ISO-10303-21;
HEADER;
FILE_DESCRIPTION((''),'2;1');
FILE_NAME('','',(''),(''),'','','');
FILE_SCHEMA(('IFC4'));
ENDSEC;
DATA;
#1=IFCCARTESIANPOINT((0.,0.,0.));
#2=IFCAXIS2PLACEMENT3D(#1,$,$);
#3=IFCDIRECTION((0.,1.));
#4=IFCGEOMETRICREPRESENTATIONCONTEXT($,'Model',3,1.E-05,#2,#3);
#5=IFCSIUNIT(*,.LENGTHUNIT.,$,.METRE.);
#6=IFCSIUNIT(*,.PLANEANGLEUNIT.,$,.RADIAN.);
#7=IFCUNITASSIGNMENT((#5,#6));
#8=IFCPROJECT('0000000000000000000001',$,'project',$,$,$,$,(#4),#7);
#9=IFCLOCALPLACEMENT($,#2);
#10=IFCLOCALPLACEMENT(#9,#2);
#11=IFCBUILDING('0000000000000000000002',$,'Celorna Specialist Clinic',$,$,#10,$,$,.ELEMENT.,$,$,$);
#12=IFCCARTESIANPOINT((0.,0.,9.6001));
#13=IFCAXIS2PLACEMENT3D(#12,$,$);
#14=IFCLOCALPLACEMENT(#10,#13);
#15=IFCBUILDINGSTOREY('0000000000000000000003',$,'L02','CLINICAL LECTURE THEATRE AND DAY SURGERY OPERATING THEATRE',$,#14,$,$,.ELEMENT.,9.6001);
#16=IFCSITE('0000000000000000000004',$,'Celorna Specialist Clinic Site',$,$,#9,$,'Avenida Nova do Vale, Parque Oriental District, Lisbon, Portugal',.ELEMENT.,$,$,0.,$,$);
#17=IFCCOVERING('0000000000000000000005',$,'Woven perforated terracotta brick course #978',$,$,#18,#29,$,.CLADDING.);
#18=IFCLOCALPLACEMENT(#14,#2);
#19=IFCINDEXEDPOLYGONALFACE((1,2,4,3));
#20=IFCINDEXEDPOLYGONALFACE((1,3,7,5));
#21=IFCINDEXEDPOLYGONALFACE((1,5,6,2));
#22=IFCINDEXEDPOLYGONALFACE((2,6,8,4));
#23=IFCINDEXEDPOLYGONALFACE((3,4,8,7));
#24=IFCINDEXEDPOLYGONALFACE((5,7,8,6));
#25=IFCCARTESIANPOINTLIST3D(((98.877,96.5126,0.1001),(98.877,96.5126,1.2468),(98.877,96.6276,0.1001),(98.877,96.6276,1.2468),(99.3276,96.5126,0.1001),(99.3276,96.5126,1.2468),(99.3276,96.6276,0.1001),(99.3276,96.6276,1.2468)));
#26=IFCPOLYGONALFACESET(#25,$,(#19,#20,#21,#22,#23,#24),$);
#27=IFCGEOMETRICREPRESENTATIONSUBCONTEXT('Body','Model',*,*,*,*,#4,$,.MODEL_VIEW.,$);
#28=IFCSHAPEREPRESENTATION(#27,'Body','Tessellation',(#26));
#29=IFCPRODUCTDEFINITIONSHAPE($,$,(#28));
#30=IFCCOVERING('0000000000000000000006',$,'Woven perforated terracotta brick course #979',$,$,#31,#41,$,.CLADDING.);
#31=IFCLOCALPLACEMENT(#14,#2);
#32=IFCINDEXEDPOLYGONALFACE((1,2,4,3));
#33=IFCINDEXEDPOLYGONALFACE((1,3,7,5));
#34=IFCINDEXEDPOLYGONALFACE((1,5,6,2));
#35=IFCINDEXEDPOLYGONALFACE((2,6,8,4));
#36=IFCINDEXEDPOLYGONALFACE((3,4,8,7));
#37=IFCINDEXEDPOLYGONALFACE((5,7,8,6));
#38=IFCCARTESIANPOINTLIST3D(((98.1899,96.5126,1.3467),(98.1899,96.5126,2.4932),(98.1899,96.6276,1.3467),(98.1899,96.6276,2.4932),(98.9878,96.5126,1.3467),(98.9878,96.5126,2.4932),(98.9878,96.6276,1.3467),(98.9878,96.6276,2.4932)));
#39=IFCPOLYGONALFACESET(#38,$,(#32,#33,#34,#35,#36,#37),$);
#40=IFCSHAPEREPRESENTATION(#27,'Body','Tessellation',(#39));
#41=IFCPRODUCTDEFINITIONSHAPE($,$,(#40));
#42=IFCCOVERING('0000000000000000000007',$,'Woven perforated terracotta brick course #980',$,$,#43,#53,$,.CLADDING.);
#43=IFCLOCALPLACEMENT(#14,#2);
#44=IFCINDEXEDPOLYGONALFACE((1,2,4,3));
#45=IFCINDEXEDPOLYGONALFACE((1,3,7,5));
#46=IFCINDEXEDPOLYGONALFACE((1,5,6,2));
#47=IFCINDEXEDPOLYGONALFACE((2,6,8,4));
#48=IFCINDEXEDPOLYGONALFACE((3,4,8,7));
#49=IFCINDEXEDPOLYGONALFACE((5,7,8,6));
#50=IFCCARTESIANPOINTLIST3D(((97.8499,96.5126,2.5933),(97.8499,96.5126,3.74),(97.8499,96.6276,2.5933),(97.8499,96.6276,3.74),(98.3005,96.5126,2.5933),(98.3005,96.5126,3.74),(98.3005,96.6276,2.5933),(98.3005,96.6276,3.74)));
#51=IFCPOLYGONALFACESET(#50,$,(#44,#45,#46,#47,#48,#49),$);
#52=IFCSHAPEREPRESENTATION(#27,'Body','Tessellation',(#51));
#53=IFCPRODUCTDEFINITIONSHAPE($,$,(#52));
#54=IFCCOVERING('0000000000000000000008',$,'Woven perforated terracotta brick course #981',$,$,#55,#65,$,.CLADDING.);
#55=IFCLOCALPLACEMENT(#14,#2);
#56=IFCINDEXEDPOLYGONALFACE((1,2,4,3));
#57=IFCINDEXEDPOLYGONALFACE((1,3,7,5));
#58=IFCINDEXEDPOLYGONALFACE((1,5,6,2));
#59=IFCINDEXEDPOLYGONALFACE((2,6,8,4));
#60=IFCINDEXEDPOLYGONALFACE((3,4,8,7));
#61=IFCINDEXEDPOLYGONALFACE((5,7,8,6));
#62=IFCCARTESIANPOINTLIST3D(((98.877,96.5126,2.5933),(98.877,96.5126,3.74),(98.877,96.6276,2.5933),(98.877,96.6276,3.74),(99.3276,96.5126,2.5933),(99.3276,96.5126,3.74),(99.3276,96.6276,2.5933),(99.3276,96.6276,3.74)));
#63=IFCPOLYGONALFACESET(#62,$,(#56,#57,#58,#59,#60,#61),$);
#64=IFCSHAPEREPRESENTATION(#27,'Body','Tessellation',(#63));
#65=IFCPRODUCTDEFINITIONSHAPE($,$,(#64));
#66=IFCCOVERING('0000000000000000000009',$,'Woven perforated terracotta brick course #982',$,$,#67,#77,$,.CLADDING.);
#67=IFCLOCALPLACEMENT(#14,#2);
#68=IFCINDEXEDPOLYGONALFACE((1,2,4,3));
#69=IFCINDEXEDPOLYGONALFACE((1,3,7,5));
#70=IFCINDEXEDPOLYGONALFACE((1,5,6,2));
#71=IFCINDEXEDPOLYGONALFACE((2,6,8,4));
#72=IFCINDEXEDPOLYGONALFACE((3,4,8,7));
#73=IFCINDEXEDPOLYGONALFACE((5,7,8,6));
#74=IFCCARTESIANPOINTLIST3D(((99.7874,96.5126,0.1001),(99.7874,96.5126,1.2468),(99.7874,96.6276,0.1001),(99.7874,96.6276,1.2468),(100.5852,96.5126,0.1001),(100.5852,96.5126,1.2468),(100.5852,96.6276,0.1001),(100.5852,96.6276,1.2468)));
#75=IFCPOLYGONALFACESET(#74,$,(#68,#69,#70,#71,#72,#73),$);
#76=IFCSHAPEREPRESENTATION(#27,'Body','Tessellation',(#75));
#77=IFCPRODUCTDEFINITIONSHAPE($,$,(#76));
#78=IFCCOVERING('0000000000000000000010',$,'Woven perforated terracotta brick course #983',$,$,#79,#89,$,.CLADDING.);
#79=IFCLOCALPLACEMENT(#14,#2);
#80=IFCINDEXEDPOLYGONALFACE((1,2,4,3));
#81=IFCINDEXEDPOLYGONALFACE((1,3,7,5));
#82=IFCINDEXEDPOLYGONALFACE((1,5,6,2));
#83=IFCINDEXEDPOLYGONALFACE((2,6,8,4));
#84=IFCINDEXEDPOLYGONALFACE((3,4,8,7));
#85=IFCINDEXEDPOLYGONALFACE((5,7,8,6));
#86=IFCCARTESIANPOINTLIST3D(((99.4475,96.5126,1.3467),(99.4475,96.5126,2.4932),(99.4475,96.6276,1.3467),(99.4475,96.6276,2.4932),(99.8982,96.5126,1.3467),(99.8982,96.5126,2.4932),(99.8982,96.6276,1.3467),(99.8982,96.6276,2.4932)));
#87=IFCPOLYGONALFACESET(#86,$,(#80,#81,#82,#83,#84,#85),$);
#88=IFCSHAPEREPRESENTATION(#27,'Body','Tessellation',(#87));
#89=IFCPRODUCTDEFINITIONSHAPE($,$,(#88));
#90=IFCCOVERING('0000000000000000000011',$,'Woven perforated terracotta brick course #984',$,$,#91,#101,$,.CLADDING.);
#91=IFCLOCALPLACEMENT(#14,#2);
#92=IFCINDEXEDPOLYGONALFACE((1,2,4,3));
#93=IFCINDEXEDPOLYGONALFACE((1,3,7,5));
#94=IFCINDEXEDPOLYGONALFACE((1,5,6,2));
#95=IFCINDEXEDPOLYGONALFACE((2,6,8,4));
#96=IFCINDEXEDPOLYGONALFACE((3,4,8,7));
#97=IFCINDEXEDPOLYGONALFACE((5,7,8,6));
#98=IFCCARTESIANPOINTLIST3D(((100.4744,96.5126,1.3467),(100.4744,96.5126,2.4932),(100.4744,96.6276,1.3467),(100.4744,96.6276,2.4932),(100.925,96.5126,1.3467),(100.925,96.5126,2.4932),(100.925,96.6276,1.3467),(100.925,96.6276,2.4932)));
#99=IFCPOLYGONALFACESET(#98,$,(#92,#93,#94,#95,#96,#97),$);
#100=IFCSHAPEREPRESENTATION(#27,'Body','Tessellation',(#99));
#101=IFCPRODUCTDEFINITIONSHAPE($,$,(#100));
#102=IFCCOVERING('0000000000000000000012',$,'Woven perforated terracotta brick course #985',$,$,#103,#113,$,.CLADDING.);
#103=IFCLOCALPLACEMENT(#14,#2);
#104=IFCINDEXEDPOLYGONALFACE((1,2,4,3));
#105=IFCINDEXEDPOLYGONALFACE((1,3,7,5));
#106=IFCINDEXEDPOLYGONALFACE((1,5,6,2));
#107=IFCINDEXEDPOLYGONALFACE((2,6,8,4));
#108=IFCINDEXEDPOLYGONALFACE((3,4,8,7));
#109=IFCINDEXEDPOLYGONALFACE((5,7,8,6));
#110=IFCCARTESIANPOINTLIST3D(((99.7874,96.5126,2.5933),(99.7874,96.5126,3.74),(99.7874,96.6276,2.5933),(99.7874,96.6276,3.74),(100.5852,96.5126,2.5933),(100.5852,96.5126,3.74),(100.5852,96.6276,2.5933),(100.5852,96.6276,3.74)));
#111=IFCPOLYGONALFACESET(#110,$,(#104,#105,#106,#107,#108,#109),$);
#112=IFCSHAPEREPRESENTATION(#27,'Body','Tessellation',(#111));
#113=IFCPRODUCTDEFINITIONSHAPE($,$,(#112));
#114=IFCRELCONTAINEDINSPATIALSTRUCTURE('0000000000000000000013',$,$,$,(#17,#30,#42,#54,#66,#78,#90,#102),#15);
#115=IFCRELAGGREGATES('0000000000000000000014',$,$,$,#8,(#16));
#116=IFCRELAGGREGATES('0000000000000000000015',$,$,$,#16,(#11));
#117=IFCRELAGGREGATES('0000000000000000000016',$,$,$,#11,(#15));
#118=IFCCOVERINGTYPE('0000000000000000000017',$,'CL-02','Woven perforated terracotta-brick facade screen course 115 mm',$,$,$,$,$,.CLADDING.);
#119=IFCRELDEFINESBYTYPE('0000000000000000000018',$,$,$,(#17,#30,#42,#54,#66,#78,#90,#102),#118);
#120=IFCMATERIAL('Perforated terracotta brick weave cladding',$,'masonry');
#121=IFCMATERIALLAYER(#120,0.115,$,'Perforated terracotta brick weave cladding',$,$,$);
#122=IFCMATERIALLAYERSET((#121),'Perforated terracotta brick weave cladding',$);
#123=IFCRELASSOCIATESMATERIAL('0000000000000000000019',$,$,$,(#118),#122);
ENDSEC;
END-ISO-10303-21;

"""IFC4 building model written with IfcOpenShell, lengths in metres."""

from ifc_helpers import new_model, si_unit, direction, frame, origin, origin_2d, place, context, subcontext, project, spatial, rectangle, extrude, material, layer, layer_set, type_object, element, save


model = new_model("IFC4")

# Units and contexts
model_context = context("Model", 3, precision=1e-05, world=origin(), true_north=direction((0.0, 1.0)))
body_context = subcontext(model_context, "Body", "Model", "MODEL_VIEW")
ifc_project = project(units=[si_unit("LENGTHUNIT", "METRE"), si_unit("PLANEANGLEUNIT", "RADIAN")], contexts=[model_context])

# Site, building, storey
site_placement = place(None, origin())
site = spatial("IfcSite", under=ifc_project, at=site_placement, Name="Celorna Specialist Clinic Site", LongName="Avenida Nova do Vale, Parque Oriental District, Lisbon, Portugal", CompositionType="ELEMENT", RefElevation=0.0)
building_placement = place(site_placement, origin())
building = spatial("IfcBuilding", under=site, at=building_placement, Name="Celorna Specialist Clinic", CompositionType="ELEMENT")
storey_placement = place(building_placement, frame((0.0, 0.0, 9.6001)))
storey = spatial("IfcBuildingStorey", under=building, at=storey_placement, Name="L02", Description="CLINICAL LECTURE THEATRE AND DAY SURGERY OPERATING THEATRE", CompositionType="ELEMENT", Elevation=9.6001)

# Coverings
ifc_material_1 = material(Name="Perforated terracotta brick weave cladding", Category="masonry")
ifc_layer_1 = layer(ifc_material_1, 0.115, Name="Perforated terracotta brick weave cladding")
ifc_layer_set_1 = layer_set([ifc_layer_1], Name="Perforated terracotta brick weave cladding")
covering_type = type_object("IfcCoveringType", Name="CL-02", Description="Woven perforated terracotta-brick facade screen course 115 mm", PredefinedType="CLADDING", material=ifc_layer_set_1)
for number, where, z_axis, x_axis, name in (
    (1, (99.1023, 96.5701, 0.1001), (0.0, 0.0, 1.0), (1.0, 0.0, 0.0), "Woven perforated terracotta brick course #978"),
):
    element("IfcCovering", number, at=place(storey_placement, frame(where, z_axis=z_axis, x_axis=x_axis)), inside=storey, type_object=covering_type, Name=name, PredefinedType="CLADDING", context=body_context, shape_type="SweptSolid", body=[
        extrude(rectangle(XDim=0.4507, YDim=0.115, at=origin_2d()), origin(), (0.0, 0.0, 1.0), 1.1467),
    ])
covering_1_placement = place(storey_placement, frame((98.5889, 96.5701, 1.3467), z_axis=(0.0, 0.0, 1.0), x_axis=(1.0, 0.0, 0.0)))
element("IfcCovering", 2, at=covering_1_placement, inside=storey, type_object=covering_type, Name="Woven perforated terracotta brick course #979", PredefinedType="CLADDING", context=body_context, shape_type="SweptSolid", body=[
    extrude(rectangle(XDim=0.7979, YDim=0.115, at=origin_2d()), origin(), (0.0, 0.0, 1.0), 1.1465),
])
for number, where, z_axis, x_axis, name in (
    (3, (98.0752, 96.5701, 2.5933), (0.0, 0.0, 1.0), (1.0, 0.0, 0.0), "Woven perforated terracotta brick course #980"),
    (4, (99.1023, 96.5701, 2.5933), (0.0, 0.0, 1.0), (1.0, 0.0, 0.0), "Woven perforated terracotta brick course #981"),
):
    element("IfcCovering", number, at=place(storey_placement, frame(where, z_axis=z_axis, x_axis=x_axis)), inside=storey, type_object=covering_type, Name=name, PredefinedType="CLADDING", context=body_context, shape_type="SweptSolid", body=[
        extrude(rectangle(XDim=0.4507, YDim=0.115, at=origin_2d()), origin(), (0.0, 0.0, 1.0), 1.1467),
    ])
covering_2_placement = place(storey_placement, frame((100.1863, 96.5701, 0.1001), z_axis=(0.0, 0.0, 1.0), x_axis=(1.0, 0.0, 0.0)))
element("IfcCovering", 5, at=covering_2_placement, inside=storey, type_object=covering_type, Name="Woven perforated terracotta brick course #982", PredefinedType="CLADDING", context=body_context, shape_type="SweptSolid", body=[
    extrude(rectangle(XDim=0.7979, YDim=0.115, at=origin_2d()), origin(), (0.0, 0.0, 1.0), 1.1467),
])
for number, where, z_axis, x_axis, name in (
    (6, (99.6729, 96.5701, 1.3467), (0.0, 0.0, 1.0), (1.0, 0.0, 0.0), "Woven perforated terracotta brick course #983"),
    (7, (100.6997, 96.5701, 1.3467), (0.0, 0.0, 1.0), (1.0, 0.0, 0.0), "Woven perforated terracotta brick course #984"),
):
    element("IfcCovering", number, at=place(storey_placement, frame(where, z_axis=z_axis, x_axis=x_axis)), inside=storey, type_object=covering_type, Name=name, PredefinedType="CLADDING", context=body_context, shape_type="SweptSolid", body=[
        extrude(rectangle(XDim=0.4507, YDim=0.115, at=origin_2d()), origin(), (0.0, 0.0, 1.0), 1.1465),
    ])
covering_3_placement = place(storey_placement, frame((100.1863, 96.5701, 2.5933), z_axis=(0.0, 0.0, 1.0), x_axis=(1.0, 0.0, 0.0)))
element("IfcCovering", 8, at=covering_3_placement, inside=storey, type_object=covering_type, Name="Woven perforated terracotta brick course #985", PredefinedType="CLADDING", context=body_context, shape_type="SweptSolid", body=[
    extrude(rectangle(XDim=0.7979, YDim=0.115, at=origin_2d()), origin(), (0.0, 0.0, 1.0), 1.1467),
])

save(model, "model.ifc")
